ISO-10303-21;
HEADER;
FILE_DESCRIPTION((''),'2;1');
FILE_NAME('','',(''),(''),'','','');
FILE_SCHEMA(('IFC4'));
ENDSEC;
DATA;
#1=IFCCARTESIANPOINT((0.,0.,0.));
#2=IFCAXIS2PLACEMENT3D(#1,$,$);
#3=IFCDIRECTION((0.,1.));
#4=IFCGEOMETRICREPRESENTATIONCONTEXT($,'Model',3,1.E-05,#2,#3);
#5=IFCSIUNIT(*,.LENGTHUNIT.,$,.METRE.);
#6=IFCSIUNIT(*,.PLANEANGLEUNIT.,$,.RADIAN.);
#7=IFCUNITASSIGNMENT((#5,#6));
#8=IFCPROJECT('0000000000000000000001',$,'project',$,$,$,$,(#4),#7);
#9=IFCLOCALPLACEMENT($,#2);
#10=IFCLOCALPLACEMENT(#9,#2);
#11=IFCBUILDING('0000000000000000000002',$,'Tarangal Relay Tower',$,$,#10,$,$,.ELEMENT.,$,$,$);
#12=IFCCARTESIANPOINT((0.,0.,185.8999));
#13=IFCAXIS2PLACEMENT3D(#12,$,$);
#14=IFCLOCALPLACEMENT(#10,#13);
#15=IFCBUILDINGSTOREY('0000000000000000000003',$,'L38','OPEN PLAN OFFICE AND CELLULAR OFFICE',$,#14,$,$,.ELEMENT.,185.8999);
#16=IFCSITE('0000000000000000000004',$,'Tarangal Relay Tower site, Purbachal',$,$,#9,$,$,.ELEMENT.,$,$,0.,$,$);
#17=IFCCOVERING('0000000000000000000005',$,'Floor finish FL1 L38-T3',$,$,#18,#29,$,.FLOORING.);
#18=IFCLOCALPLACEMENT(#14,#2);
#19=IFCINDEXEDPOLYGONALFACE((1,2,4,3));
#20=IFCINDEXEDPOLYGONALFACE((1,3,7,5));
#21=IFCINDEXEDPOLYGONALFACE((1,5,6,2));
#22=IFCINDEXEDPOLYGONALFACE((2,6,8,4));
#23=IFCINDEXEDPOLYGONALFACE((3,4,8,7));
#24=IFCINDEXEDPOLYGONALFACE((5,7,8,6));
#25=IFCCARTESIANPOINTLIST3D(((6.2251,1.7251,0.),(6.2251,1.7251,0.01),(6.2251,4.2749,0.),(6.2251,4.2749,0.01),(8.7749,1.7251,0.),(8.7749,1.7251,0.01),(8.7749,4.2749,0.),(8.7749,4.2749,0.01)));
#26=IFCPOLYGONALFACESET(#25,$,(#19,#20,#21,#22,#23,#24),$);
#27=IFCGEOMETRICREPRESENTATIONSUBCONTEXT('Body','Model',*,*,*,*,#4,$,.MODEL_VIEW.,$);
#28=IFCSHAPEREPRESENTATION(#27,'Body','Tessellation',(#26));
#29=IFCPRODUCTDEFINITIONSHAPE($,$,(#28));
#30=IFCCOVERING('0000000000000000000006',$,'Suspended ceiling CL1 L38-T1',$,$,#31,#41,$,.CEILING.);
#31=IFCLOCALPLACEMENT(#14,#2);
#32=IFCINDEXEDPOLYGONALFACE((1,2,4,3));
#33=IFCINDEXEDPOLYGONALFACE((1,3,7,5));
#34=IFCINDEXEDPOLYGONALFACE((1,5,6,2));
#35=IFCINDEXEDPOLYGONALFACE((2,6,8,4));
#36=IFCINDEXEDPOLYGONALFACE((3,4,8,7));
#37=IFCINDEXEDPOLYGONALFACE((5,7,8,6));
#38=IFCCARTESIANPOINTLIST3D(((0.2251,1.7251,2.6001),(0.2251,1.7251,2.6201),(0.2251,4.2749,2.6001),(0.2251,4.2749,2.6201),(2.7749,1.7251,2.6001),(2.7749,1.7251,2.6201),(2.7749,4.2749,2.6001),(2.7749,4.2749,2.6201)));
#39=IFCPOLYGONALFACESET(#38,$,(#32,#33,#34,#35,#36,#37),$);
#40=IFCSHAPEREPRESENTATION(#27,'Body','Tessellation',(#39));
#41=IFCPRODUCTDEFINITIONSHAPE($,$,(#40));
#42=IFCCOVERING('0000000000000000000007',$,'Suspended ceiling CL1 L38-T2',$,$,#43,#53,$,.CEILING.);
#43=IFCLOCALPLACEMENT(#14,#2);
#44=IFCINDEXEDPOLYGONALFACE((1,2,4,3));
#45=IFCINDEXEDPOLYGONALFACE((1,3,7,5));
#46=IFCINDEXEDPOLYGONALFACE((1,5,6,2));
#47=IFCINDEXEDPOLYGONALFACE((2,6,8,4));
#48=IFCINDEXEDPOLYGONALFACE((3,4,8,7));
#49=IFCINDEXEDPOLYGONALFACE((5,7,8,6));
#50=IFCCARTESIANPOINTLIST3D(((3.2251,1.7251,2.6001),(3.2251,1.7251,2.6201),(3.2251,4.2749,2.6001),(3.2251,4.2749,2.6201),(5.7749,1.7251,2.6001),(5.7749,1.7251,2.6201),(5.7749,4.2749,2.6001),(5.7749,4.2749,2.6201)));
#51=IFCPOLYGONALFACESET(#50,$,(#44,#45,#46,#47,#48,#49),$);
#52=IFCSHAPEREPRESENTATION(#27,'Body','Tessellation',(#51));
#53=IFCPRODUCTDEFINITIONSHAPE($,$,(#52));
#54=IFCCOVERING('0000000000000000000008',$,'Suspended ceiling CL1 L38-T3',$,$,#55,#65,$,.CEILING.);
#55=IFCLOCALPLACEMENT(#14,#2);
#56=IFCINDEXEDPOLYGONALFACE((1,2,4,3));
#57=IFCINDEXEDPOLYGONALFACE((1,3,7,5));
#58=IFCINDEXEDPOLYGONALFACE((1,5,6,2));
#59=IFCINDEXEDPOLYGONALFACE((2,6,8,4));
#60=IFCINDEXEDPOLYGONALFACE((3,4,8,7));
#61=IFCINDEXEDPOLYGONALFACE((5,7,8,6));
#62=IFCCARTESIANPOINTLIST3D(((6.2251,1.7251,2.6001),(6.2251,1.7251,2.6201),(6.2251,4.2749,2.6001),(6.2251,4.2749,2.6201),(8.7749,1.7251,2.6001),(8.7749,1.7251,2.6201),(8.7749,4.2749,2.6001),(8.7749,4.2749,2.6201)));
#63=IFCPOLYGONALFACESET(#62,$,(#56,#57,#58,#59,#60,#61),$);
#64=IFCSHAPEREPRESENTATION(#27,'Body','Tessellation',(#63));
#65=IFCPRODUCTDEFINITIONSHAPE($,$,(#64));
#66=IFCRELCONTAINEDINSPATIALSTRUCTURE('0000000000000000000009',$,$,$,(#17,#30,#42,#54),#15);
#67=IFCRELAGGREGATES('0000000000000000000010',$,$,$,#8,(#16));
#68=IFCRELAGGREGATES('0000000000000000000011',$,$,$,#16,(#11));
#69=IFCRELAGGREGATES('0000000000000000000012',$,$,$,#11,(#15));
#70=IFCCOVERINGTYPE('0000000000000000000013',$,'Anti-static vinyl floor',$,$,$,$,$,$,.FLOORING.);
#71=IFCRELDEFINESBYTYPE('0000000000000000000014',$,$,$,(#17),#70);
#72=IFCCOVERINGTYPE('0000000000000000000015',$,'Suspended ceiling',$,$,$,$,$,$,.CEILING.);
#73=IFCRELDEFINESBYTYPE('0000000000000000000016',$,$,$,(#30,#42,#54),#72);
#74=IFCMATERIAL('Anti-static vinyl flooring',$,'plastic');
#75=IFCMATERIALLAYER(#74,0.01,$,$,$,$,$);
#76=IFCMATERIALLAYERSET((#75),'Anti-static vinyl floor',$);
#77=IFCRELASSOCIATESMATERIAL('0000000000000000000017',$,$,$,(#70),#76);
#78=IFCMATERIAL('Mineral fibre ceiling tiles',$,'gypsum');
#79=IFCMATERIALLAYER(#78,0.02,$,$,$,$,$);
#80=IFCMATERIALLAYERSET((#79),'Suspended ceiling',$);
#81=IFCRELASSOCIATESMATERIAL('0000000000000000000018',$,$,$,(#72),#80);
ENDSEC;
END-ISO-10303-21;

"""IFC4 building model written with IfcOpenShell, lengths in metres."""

from ifc_helpers import new_model, si_unit, direction, frame, origin, place, context, subcontext, project, spatial, polyline, outline, extrude, material, layer, layer_set, type_object, element, save


model = new_model("IFC4")

# Units and contexts
model_context = context("Model", 3, precision=1e-05, world=origin(), true_north=direction((0.0, 1.0)))
body_context = subcontext(model_context, "Body", "Model", "MODEL_VIEW")
ifc_project = project(units=[si_unit("LENGTHUNIT", "METRE"), si_unit("PLANEANGLEUNIT", "RADIAN")], contexts=[model_context])

# Site, building, storey
site_placement = place(None, origin())
site = spatial("IfcSite", under=ifc_project, at=site_placement, Name="Tarangal Relay Tower site, Purbachal", CompositionType="ELEMENT", RefElevation=0.0)
building_placement = place(site_placement, origin())
building = spatial("IfcBuilding", under=site, at=building_placement, Name="Tarangal Relay Tower", CompositionType="ELEMENT")
storey_placement = place(building_placement, frame((0.0, 0.0, 185.8999)))
storey = spatial("IfcBuildingStorey", under=building, at=storey_placement, Name="L38", Description="OPEN PLAN OFFICE AND CELLULAR OFFICE", CompositionType="ELEMENT", Elevation=185.8999)

# Coverings
ifc_material_1 = material(Name="Anti-static vinyl flooring", Category="plastic")
ifc_layer_1 = layer(ifc_material_1, 0.01)
ifc_layer_set_1 = layer_set([ifc_layer_1], Name="Anti-static vinyl floor")
covering_type_1 = type_object("IfcCoveringType", Name="Anti-static vinyl floor", PredefinedType="FLOORING", material=ifc_layer_set_1)
covering_1_placement = place(storey_placement, origin())
element("IfcCovering", 1, at=covering_1_placement, inside=storey, type_object=covering_type_1, Name="Floor finish FL1 L38-T3", PredefinedType="FLOORING", context=body_context, shape_type="SweptSolid", body=[
    extrude(outline(polyline([(6.2251, 1.7251), (8.7749, 1.7251), (8.7749, 4.2749), (6.2251, 4.2749), (6.2251, 1.7251)])), origin(), (0.0, 0.0, 1.0), 0.01),
])
ifc_material_2 = material(Name="Mineral fibre ceiling tiles", Category="gypsum")
ifc_layer_2 = layer(ifc_material_2, 0.02)
ifc_layer_set_2 = layer_set([ifc_layer_2], Name="Suspended ceiling")
covering_type_2 = type_object("IfcCoveringType", Name="Suspended ceiling", PredefinedType="CEILING", material=ifc_layer_set_2)
covering_2_placement = place(storey_placement, frame((0.0, 0.0, 2.6001)))
element("IfcCovering", 2, at=covering_2_placement, inside=storey, type_object=covering_type_2, Name="Suspended ceiling CL1 L38-T1", PredefinedType="CEILING", context=body_context, shape_type="SweptSolid", body=[
    extrude(outline(polyline([(0.2251, 1.7251), (2.7749, 1.7251), (2.7749, 4.2749), (0.2251, 4.2749), (0.2251, 1.7251)])), origin(), (0.0, 0.0, 1.0), 0.02),
])
covering_3_placement = place(storey_placement, frame((0.0, 0.0, 2.6001)))
element("IfcCovering", 3, at=covering_3_placement, inside=storey, type_object=covering_type_2, Name="Suspended ceiling CL1 L38-T2", PredefinedType="CEILING", context=body_context, shape_type="SweptSolid", body=[
    extrude(outline(polyline([(3.2251, 1.7251), (5.7749, 1.7251), (5.7749, 4.2749), (3.2251, 4.2749), (3.2251, 1.7251)])), origin(), (0.0, 0.0, 1.0), 0.02),
])
covering_4_placement = place(storey_placement, frame((0.0, 0.0, 2.6001)))
element("IfcCovering", 4, at=covering_4_placement, inside=storey, type_object=covering_type_2, Name="Suspended ceiling CL1 L38-T3", PredefinedType="CEILING", context=body_context, shape_type="SweptSolid", body=[
    extrude(outline(polyline([(6.2251, 1.7251), (8.7749, 1.7251), (8.7749, 4.2749), (6.2251, 4.2749), (6.2251, 1.7251)])), origin(), (0.0, 0.0, 1.0), 0.02),
])

save(model, "model.ifc")
